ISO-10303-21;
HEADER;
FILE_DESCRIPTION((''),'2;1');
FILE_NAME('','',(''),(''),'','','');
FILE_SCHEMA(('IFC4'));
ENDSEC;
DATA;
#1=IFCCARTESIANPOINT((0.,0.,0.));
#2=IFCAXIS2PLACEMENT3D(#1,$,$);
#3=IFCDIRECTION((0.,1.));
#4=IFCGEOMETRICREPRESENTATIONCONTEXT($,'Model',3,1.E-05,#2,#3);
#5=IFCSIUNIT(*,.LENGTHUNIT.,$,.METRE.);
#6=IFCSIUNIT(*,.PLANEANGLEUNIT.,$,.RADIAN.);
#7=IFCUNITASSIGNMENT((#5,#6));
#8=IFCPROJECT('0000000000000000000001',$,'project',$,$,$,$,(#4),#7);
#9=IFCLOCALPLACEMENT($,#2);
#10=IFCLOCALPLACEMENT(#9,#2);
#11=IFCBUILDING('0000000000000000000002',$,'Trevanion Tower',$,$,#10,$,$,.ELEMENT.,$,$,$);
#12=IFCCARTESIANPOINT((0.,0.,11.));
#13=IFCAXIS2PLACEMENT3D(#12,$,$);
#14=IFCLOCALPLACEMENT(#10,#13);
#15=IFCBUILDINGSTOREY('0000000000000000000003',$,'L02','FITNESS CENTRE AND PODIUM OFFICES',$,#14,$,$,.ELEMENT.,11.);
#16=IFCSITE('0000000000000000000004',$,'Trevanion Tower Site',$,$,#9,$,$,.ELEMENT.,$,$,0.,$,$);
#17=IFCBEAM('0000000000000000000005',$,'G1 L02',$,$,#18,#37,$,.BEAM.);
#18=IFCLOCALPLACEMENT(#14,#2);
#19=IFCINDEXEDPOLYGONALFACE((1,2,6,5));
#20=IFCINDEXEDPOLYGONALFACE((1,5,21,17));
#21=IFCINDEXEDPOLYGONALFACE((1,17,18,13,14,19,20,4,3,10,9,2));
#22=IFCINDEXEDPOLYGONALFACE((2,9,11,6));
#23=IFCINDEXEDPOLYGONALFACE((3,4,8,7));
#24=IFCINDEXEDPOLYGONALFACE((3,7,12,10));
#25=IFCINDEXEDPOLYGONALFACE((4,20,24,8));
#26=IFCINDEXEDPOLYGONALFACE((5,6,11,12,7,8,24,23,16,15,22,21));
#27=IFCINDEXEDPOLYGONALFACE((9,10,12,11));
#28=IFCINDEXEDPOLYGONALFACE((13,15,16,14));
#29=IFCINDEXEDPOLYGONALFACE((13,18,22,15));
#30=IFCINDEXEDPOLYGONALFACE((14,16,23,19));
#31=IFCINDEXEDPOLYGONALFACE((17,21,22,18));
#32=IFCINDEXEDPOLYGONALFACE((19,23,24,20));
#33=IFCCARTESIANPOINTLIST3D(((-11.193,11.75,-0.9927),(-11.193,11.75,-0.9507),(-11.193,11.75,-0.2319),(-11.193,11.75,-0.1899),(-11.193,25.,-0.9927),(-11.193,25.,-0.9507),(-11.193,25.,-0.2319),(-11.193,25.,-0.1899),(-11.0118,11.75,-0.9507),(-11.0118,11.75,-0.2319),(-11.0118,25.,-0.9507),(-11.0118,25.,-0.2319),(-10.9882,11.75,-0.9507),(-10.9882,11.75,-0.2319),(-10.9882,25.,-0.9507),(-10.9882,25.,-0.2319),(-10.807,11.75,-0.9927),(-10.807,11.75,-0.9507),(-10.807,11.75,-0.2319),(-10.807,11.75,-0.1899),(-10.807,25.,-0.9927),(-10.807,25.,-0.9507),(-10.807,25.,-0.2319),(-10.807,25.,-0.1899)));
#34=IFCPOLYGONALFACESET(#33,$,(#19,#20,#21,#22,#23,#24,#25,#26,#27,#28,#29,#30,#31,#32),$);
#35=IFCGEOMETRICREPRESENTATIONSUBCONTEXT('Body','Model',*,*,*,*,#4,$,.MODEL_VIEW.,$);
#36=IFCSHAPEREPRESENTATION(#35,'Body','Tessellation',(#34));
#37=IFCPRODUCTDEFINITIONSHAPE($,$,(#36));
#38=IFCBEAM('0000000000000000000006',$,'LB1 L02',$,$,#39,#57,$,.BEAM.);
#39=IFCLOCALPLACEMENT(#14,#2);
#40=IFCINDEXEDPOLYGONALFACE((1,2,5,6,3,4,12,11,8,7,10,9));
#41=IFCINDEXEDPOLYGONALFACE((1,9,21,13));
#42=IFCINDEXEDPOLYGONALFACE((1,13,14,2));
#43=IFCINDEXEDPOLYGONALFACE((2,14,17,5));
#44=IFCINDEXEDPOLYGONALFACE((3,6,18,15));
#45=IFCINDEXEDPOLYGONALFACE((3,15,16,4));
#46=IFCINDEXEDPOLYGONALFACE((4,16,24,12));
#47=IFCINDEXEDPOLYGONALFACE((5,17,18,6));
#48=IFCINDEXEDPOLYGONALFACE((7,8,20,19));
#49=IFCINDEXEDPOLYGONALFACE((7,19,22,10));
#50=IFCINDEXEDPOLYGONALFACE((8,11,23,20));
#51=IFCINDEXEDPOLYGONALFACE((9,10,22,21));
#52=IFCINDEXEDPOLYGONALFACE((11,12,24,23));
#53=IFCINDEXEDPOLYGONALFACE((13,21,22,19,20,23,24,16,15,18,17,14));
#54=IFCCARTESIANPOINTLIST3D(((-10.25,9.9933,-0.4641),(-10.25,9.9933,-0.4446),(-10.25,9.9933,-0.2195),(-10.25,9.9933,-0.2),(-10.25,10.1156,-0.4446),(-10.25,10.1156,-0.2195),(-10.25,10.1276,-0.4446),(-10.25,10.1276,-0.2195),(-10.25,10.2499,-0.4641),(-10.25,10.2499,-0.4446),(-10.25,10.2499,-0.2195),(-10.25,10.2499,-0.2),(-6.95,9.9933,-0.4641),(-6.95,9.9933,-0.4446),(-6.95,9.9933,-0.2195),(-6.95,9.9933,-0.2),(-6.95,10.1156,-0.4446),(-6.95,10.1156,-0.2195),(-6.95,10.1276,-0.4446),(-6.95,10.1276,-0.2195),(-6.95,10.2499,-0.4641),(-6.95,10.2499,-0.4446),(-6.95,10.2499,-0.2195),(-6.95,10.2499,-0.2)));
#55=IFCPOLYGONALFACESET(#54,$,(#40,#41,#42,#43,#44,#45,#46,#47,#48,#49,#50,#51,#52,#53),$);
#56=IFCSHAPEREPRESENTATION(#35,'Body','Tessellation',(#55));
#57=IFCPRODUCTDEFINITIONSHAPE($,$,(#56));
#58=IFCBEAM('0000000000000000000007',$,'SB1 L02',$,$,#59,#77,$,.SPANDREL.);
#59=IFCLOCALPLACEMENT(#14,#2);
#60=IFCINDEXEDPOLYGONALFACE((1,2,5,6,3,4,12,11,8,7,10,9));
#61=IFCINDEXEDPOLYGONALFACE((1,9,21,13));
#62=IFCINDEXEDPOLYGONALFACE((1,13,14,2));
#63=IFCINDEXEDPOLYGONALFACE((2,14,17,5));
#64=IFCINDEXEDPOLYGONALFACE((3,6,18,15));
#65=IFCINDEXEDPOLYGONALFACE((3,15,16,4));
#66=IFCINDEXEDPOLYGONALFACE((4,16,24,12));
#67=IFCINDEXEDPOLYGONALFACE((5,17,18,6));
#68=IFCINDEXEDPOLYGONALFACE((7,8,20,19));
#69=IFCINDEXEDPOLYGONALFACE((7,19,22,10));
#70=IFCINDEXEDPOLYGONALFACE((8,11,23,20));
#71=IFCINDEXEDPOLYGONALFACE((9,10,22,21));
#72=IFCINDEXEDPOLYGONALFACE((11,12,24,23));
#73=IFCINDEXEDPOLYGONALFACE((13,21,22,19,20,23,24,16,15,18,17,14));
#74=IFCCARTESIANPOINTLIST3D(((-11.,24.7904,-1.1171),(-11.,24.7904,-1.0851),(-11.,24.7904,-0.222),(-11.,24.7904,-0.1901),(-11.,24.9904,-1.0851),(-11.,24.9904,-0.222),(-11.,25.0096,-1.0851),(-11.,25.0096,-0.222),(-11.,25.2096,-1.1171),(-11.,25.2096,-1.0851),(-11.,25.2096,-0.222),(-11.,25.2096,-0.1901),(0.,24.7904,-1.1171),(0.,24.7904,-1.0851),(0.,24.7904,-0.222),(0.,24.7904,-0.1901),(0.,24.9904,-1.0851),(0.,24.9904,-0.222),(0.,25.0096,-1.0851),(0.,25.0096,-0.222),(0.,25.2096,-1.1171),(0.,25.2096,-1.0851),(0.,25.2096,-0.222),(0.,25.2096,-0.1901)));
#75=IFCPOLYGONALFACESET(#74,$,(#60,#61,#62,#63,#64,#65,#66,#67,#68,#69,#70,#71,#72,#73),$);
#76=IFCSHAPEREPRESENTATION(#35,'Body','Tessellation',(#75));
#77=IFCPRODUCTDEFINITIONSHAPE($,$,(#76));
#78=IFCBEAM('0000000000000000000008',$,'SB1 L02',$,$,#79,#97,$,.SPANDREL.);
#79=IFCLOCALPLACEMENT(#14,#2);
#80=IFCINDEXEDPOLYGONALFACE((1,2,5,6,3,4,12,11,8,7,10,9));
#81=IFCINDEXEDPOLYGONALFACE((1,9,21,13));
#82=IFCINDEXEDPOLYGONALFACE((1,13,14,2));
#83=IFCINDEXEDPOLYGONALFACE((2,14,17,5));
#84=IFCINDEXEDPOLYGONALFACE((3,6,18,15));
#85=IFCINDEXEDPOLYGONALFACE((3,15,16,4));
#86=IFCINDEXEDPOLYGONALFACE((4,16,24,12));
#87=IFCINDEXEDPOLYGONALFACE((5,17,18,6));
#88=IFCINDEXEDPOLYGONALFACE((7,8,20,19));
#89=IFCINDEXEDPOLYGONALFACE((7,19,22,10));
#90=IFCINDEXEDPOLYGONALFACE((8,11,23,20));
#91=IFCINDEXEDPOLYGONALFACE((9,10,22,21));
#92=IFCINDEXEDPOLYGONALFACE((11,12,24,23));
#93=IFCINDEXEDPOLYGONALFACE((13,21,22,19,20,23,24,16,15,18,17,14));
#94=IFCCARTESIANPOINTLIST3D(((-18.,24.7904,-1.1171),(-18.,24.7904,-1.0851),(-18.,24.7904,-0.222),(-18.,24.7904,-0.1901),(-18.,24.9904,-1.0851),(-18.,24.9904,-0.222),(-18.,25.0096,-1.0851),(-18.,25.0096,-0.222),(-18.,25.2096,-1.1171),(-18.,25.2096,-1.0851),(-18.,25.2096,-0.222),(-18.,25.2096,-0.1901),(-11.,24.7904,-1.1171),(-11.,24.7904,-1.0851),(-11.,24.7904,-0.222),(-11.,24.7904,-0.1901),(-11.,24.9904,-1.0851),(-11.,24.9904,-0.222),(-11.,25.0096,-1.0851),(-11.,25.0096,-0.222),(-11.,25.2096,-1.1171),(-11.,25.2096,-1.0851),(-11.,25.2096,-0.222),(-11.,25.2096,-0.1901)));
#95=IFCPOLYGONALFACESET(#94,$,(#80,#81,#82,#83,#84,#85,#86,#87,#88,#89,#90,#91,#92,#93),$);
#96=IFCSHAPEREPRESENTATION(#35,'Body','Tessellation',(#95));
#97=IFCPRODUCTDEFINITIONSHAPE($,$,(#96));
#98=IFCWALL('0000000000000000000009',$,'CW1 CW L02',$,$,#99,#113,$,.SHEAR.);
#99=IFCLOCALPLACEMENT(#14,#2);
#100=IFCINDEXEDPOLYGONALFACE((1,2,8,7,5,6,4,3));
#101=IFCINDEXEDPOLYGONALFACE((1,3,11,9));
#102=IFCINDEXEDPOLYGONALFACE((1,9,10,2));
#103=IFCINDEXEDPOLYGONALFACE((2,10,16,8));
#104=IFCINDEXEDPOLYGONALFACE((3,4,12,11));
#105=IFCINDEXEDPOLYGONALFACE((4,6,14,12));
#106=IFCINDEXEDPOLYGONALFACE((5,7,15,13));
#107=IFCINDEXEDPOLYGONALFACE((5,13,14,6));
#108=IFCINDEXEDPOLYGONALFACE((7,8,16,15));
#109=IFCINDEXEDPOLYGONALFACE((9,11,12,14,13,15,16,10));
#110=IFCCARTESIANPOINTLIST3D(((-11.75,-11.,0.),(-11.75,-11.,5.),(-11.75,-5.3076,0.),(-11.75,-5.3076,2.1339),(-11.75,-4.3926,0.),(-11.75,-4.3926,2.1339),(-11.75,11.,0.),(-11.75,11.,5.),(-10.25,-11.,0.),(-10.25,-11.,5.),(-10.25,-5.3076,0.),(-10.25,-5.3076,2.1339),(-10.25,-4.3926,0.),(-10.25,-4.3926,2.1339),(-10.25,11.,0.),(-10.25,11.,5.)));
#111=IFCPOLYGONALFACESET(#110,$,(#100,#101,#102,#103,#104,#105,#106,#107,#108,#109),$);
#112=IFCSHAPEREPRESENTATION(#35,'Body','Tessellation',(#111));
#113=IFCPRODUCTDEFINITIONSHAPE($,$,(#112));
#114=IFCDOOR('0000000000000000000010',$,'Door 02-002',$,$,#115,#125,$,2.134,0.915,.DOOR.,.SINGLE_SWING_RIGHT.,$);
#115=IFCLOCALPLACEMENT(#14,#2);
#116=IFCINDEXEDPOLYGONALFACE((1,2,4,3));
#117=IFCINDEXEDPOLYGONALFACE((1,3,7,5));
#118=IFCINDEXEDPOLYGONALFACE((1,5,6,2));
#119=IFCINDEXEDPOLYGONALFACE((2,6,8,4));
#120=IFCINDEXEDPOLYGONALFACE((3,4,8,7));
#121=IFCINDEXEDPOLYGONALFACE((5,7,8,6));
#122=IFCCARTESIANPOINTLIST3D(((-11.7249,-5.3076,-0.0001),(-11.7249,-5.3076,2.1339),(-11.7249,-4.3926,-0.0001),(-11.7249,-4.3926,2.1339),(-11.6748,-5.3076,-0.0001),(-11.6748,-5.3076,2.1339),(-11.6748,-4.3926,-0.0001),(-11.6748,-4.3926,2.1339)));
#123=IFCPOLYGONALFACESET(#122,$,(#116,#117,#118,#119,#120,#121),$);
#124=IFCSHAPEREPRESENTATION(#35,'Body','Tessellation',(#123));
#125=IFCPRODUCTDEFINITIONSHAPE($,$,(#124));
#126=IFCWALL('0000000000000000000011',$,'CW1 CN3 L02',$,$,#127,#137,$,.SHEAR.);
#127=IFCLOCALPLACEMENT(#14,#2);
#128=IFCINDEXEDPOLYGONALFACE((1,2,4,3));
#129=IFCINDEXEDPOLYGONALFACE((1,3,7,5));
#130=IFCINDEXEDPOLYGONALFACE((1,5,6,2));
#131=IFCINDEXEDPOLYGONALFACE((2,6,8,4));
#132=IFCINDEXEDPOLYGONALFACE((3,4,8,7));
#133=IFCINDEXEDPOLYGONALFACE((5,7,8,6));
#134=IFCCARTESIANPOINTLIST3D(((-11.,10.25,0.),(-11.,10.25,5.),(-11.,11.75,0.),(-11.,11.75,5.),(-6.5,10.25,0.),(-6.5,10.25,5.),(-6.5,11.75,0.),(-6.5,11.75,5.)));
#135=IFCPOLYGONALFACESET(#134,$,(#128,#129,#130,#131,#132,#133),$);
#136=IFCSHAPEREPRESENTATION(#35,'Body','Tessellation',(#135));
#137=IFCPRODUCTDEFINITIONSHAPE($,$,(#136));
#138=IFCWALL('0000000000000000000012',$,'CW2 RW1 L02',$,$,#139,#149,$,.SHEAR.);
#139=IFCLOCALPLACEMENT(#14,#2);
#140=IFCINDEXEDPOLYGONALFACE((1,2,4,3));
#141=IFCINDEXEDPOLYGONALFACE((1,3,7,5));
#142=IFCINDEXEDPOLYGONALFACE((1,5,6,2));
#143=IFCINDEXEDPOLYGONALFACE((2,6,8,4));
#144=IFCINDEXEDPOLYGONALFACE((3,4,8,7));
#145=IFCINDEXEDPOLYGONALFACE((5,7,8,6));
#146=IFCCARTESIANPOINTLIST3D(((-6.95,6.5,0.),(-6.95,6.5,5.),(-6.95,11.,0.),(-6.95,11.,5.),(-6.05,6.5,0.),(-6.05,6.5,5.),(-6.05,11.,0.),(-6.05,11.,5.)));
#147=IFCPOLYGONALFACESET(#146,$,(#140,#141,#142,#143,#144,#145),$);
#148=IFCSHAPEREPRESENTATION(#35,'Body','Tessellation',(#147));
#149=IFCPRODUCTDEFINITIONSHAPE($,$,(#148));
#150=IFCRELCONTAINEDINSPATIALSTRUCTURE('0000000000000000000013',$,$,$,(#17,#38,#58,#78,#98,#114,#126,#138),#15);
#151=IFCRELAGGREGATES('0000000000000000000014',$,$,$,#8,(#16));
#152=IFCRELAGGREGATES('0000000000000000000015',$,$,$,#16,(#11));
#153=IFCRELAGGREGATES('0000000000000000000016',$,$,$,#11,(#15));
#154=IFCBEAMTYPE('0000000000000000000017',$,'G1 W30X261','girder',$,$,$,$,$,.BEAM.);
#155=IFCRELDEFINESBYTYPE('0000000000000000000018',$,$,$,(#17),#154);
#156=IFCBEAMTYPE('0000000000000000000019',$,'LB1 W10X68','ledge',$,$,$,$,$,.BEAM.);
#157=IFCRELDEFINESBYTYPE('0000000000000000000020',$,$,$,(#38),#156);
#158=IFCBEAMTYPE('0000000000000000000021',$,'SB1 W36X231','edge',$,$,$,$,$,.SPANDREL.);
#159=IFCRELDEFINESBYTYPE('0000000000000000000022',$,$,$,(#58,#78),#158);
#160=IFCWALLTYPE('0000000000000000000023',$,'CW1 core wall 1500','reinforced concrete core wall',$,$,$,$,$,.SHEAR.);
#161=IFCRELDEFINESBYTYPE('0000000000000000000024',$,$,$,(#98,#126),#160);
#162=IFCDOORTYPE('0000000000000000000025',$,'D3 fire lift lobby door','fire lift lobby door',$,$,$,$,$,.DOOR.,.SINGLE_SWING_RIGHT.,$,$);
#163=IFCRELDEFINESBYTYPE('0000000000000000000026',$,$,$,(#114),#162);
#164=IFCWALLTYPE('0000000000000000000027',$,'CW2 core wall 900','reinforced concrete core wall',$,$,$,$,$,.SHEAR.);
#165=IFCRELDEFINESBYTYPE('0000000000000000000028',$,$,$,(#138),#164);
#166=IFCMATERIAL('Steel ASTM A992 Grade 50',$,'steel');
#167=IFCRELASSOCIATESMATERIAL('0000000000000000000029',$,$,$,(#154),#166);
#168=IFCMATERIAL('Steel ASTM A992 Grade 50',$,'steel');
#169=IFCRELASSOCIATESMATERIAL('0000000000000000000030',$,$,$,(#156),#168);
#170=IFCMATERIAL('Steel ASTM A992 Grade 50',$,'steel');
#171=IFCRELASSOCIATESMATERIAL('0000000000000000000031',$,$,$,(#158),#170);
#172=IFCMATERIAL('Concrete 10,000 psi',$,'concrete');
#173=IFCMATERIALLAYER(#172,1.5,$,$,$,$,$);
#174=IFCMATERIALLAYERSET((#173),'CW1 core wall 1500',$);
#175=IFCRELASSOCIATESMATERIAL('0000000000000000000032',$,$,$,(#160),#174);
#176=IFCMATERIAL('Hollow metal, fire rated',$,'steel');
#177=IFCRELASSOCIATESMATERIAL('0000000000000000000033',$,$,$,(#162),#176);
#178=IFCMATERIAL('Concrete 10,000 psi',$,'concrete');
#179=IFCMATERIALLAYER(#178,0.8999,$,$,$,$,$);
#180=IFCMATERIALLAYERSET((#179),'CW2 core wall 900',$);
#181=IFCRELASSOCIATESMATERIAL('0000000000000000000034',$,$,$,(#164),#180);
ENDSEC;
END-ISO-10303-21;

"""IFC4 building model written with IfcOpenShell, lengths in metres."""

from ifc_helpers import new_model, si_unit, direction, frame, frame_2d, origin, origin_2d, place, context, subcontext, project, spatial, rectangle, i_section, extrude, material, layer, layer_set, material_profile, profile_set, type_object, element, fill, save


model = new_model("IFC4")

# Units and contexts
model_context = context("Model", 3, precision=1e-05, world=origin(), true_north=direction((0.0, 1.0)))
body_context = subcontext(model_context, "Body", "Model", "MODEL_VIEW")
ifc_project = project(units=[si_unit("LENGTHUNIT", "METRE"), si_unit("PLANEANGLEUNIT", "RADIAN")], contexts=[model_context])

# Site, building, storey
site_placement = place(None, origin())
site = spatial("IfcSite", under=ifc_project, at=site_placement, Name="Trevanion Tower Site", CompositionType="ELEMENT", RefElevation=0.0)
building_placement = place(site_placement, origin())
building = spatial("IfcBuilding", under=site, at=building_placement, Name="Trevanion Tower", CompositionType="ELEMENT")
storey_placement = place(building_placement, frame((0.0, 0.0, 11.0)))
storey = spatial("IfcBuildingStorey", under=building, at=storey_placement, Name="L02", Description="FITNESS CENTRE AND PODIUM OFFICES", CompositionType="ELEMENT", Elevation=11.0)

# Beams
ifc_material_1 = material(Name="Steel ASTM A992 Grade 50", Category="steel")
ifc_material_profile_1 = material_profile(ifc_material_1, i_section(OverallWidth=0.386, OverallDepth=0.8027, WebThickness=0.0237, FlangeThickness=0.042, at=origin_2d()), Name="W30X261")
ifc_profile_set_1 = profile_set([ifc_material_profile_1], Name="Steel ASTM A992 Grade 50")
beam_type_1 = type_object("IfcBeamType", Name="G1 W30X261", Description="girder", PredefinedType="BEAM", material=ifc_profile_set_1)
for number, where, z_axis, x_axis, name in (
    (1, (-11.0, 11.75, -0.5913), (0.0, 1.0, 0.0), (-1.0, 0.0, 0.0), "G1 L02"),
):
    element("IfcBeam", number, at=place(storey_placement, frame(where, z_axis=z_axis, x_axis=x_axis)), inside=storey, type_object=beam_type_1, Name=name, PredefinedType="BEAM", context=body_context, shape_type="SweptSolid", body=[
        extrude(i_section(OverallWidth=0.386, OverallDepth=0.8027, WebThickness=0.0237, FlangeThickness=0.042, at=origin_2d()), origin(), (0.0, 0.0, 1.0), 13.25),
    ])
ifc_material_2 = material(Name="Steel ASTM A992 Grade 50", Category="steel")
ifc_material_profile_2 = material_profile(ifc_material_2, i_section(OverallWidth=0.2566, OverallDepth=0.2642, WebThickness=0.012, FlangeThickness=0.0195, at=origin_2d()), Name="W10X68")
ifc_profile_set_2 = profile_set([ifc_material_profile_2], Name="Steel ASTM A992 Grade 50")
beam_type_2 = type_object("IfcBeamType", Name="LB1 W10X68", Description="ledge", PredefinedType="BEAM", material=ifc_profile_set_2)
beam_1_placement = place(storey_placement, frame((-10.25, 10.1216, -0.332), z_axis=(1.0, 0.0, 0.0), x_axis=(0.0, 1.0, 0.0)))
element("IfcBeam", 2, at=beam_1_placement, inside=storey, type_object=beam_type_2, Name="LB1 L02", PredefinedType="BEAM", context=body_context, shape_type="SweptSolid", body=[
    extrude(i_section(OverallWidth=0.2566, OverallDepth=0.2642, WebThickness=0.012, FlangeThickness=0.0195, at=origin_2d()), origin(), (0.0, 0.0, 1.0), 3.3),
])
ifc_material_3 = material(Name="Steel ASTM A992 Grade 50", Category="steel")
ifc_material_profile_3 = material_profile(ifc_material_3, i_section(OverallWidth=0.4192, OverallDepth=0.927, WebThickness=0.0193, FlangeThickness=0.032, at=origin_2d()), Name="W36X231")
ifc_profile_set_3 = profile_set([ifc_material_profile_3], Name="Steel ASTM A992 Grade 50")
beam_type_3 = type_object("IfcBeamType", Name="SB1 W36X231", Description="edge", PredefinedType="SPANDREL", material=ifc_profile_set_3)
beam_2_placement = place(storey_placement, frame((0.0, 25.0, -0.6536), z_axis=(-1.0, 0.0, 0.0), x_axis=(0.0, -1.0, 0.0)))
element("IfcBeam", 3, at=beam_2_placement, inside=storey, type_object=beam_type_3, Name="SB1 L02", PredefinedType="SPANDREL", context=body_context, shape_type="SweptSolid", body=[
    extrude(i_section(OverallWidth=0.4192, OverallDepth=0.927, WebThickness=0.0193, FlangeThickness=0.032, at=origin_2d()), origin(), (0.0, 0.0, 1.0), 11.0),
])
beam_3_placement = place(storey_placement, frame((-11.0, 25.0, -0.6536), z_axis=(-1.0, 0.0, 0.0), x_axis=(0.0, -1.0, 0.0)))
element("IfcBeam", 4, at=beam_3_placement, inside=storey, type_object=beam_type_3, Name="SB1 L02", PredefinedType="SPANDREL", context=body_context, shape_type="SweptSolid", body=[
    extrude(i_section(OverallWidth=0.4192, OverallDepth=0.927, WebThickness=0.0193, FlangeThickness=0.032, at=origin_2d()), origin(), (0.0, 0.0, 1.0), 7.0),
])

# Wall, opening, door
ifc_material_4 = material(Name="Concrete 10,000 psi", Category="concrete")
ifc_layer_1 = layer(ifc_material_4, 1.5)
ifc_layer_set_1 = layer_set([ifc_layer_1], Name="CW1 core wall 1500")
wall_type_1 = type_object("IfcWallType", Name="CW1 core wall 1500", Description="reinforced concrete core wall", PredefinedType="SHEAR", material=ifc_layer_set_1)
wall_1_placement = place(storey_placement, frame((-11.0, 11.0, 0.0), z_axis=(0.0, 0.0, 1.0), x_axis=(0.0, -1.0, 0.0)))
wall_1 = element("IfcWall", 5, at=wall_1_placement, inside=storey, type_object=wall_type_1, Name="CW1 CW L02", PredefinedType="SHEAR", context=body_context, shape_type="SweptSolid", body=[
    extrude(rectangle(XDim=22.0, YDim=1.5, at=frame_2d((11.0, 0.0))), origin(), (0.0, 0.0, 1.0), 5.0),
])
opening_1_placement = place(wall_1_placement, frame((15.3926, 0.0, 0.0)))
opening_1 = element("IfcOpeningElement", 6, at=opening_1_placement, cuts=wall_1, PredefinedType="OPENING", context=body_context, shape_type="SweptSolid", body=[
    extrude(rectangle(XDim=0.915, YDim=2.134, at=frame_2d((0.4575, 1.0669))), frame((0.0, 0.76, 0.0), z_axis=(0.0, -1.0, 0.0), x_axis=(1.0, 0.0, 0.0)), (0.0, 0.0, 1.0), 1.52),
])
ifc_material_5 = material(Name="Hollow metal, fire rated", Category="steel")
door_type_1 = type_object("IfcDoorType", Name="D3 fire lift lobby door", Description="fire lift lobby door", OperationType="SINGLE_SWING_RIGHT", PredefinedType="DOOR", material=ifc_material_5)
door_1_placement = place(opening_1_placement, origin())
door_1 = element("IfcDoor", 7, at=door_1_placement, inside=storey, type_object=door_type_1, Name="Door 02-002", OperationType="SINGLE_SWING_RIGHT", OverallHeight=2.134, OverallWidth=0.915, PredefinedType="DOOR", context=body_context, shape_type="SweptSolid", body=[
    extrude(rectangle(XDim=0.915, YDim=2.134, at=frame_2d((0.4575, 1.0669))), frame((0.0, -0.6748, 0.0), z_axis=(0.0, -1.0, 0.0), x_axis=(1.0, 0.0, 0.0)), (0.0, 0.0, 1.0), 0.05),
])
fill(opening_1, door_1)

# Walls
wall_2_placement = place(storey_placement, frame((-6.5, 11.0, 0.0), z_axis=(0.0, 0.0, 1.0), x_axis=(-1.0, 0.0, 0.0)))
element("IfcWall", 8, at=wall_2_placement, inside=storey, type_object=wall_type_1, Name="CW1 CN3 L02", PredefinedType="SHEAR", context=body_context, shape_type="SweptSolid", body=[
    extrude(rectangle(XDim=4.5, YDim=1.5, at=frame_2d((2.25, 0.0))), origin(), (0.0, 0.0, 1.0), 5.0),
])
ifc_material_6 = material(Name="Concrete 10,000 psi", Category="concrete")
ifc_layer_2 = layer(ifc_material_6, 0.8999)
ifc_layer_set_2 = layer_set([ifc_layer_2], Name="CW2 core wall 900")
wall_type_2 = type_object("IfcWallType", Name="CW2 core wall 900", Description="reinforced concrete core wall", PredefinedType="SHEAR", material=ifc_layer_set_2)
wall_3_placement = place(storey_placement, frame((-6.5, 11.0, 0.0), z_axis=(0.0, 0.0, 1.0), x_axis=(0.0, -1.0, 0.0)))
element("IfcWall", 9, at=wall_3_placement, inside=storey, type_object=wall_type_2, Name="CW2 RW1 L02", PredefinedType="SHEAR", context=body_context, shape_type="SweptSolid", body=[
    extrude(rectangle(XDim=4.5, YDim=0.8999, at=frame_2d((2.25, 0.0))), origin(), (0.0, 0.0, 1.0), 5.0),
])

save(model, "model.ifc")
